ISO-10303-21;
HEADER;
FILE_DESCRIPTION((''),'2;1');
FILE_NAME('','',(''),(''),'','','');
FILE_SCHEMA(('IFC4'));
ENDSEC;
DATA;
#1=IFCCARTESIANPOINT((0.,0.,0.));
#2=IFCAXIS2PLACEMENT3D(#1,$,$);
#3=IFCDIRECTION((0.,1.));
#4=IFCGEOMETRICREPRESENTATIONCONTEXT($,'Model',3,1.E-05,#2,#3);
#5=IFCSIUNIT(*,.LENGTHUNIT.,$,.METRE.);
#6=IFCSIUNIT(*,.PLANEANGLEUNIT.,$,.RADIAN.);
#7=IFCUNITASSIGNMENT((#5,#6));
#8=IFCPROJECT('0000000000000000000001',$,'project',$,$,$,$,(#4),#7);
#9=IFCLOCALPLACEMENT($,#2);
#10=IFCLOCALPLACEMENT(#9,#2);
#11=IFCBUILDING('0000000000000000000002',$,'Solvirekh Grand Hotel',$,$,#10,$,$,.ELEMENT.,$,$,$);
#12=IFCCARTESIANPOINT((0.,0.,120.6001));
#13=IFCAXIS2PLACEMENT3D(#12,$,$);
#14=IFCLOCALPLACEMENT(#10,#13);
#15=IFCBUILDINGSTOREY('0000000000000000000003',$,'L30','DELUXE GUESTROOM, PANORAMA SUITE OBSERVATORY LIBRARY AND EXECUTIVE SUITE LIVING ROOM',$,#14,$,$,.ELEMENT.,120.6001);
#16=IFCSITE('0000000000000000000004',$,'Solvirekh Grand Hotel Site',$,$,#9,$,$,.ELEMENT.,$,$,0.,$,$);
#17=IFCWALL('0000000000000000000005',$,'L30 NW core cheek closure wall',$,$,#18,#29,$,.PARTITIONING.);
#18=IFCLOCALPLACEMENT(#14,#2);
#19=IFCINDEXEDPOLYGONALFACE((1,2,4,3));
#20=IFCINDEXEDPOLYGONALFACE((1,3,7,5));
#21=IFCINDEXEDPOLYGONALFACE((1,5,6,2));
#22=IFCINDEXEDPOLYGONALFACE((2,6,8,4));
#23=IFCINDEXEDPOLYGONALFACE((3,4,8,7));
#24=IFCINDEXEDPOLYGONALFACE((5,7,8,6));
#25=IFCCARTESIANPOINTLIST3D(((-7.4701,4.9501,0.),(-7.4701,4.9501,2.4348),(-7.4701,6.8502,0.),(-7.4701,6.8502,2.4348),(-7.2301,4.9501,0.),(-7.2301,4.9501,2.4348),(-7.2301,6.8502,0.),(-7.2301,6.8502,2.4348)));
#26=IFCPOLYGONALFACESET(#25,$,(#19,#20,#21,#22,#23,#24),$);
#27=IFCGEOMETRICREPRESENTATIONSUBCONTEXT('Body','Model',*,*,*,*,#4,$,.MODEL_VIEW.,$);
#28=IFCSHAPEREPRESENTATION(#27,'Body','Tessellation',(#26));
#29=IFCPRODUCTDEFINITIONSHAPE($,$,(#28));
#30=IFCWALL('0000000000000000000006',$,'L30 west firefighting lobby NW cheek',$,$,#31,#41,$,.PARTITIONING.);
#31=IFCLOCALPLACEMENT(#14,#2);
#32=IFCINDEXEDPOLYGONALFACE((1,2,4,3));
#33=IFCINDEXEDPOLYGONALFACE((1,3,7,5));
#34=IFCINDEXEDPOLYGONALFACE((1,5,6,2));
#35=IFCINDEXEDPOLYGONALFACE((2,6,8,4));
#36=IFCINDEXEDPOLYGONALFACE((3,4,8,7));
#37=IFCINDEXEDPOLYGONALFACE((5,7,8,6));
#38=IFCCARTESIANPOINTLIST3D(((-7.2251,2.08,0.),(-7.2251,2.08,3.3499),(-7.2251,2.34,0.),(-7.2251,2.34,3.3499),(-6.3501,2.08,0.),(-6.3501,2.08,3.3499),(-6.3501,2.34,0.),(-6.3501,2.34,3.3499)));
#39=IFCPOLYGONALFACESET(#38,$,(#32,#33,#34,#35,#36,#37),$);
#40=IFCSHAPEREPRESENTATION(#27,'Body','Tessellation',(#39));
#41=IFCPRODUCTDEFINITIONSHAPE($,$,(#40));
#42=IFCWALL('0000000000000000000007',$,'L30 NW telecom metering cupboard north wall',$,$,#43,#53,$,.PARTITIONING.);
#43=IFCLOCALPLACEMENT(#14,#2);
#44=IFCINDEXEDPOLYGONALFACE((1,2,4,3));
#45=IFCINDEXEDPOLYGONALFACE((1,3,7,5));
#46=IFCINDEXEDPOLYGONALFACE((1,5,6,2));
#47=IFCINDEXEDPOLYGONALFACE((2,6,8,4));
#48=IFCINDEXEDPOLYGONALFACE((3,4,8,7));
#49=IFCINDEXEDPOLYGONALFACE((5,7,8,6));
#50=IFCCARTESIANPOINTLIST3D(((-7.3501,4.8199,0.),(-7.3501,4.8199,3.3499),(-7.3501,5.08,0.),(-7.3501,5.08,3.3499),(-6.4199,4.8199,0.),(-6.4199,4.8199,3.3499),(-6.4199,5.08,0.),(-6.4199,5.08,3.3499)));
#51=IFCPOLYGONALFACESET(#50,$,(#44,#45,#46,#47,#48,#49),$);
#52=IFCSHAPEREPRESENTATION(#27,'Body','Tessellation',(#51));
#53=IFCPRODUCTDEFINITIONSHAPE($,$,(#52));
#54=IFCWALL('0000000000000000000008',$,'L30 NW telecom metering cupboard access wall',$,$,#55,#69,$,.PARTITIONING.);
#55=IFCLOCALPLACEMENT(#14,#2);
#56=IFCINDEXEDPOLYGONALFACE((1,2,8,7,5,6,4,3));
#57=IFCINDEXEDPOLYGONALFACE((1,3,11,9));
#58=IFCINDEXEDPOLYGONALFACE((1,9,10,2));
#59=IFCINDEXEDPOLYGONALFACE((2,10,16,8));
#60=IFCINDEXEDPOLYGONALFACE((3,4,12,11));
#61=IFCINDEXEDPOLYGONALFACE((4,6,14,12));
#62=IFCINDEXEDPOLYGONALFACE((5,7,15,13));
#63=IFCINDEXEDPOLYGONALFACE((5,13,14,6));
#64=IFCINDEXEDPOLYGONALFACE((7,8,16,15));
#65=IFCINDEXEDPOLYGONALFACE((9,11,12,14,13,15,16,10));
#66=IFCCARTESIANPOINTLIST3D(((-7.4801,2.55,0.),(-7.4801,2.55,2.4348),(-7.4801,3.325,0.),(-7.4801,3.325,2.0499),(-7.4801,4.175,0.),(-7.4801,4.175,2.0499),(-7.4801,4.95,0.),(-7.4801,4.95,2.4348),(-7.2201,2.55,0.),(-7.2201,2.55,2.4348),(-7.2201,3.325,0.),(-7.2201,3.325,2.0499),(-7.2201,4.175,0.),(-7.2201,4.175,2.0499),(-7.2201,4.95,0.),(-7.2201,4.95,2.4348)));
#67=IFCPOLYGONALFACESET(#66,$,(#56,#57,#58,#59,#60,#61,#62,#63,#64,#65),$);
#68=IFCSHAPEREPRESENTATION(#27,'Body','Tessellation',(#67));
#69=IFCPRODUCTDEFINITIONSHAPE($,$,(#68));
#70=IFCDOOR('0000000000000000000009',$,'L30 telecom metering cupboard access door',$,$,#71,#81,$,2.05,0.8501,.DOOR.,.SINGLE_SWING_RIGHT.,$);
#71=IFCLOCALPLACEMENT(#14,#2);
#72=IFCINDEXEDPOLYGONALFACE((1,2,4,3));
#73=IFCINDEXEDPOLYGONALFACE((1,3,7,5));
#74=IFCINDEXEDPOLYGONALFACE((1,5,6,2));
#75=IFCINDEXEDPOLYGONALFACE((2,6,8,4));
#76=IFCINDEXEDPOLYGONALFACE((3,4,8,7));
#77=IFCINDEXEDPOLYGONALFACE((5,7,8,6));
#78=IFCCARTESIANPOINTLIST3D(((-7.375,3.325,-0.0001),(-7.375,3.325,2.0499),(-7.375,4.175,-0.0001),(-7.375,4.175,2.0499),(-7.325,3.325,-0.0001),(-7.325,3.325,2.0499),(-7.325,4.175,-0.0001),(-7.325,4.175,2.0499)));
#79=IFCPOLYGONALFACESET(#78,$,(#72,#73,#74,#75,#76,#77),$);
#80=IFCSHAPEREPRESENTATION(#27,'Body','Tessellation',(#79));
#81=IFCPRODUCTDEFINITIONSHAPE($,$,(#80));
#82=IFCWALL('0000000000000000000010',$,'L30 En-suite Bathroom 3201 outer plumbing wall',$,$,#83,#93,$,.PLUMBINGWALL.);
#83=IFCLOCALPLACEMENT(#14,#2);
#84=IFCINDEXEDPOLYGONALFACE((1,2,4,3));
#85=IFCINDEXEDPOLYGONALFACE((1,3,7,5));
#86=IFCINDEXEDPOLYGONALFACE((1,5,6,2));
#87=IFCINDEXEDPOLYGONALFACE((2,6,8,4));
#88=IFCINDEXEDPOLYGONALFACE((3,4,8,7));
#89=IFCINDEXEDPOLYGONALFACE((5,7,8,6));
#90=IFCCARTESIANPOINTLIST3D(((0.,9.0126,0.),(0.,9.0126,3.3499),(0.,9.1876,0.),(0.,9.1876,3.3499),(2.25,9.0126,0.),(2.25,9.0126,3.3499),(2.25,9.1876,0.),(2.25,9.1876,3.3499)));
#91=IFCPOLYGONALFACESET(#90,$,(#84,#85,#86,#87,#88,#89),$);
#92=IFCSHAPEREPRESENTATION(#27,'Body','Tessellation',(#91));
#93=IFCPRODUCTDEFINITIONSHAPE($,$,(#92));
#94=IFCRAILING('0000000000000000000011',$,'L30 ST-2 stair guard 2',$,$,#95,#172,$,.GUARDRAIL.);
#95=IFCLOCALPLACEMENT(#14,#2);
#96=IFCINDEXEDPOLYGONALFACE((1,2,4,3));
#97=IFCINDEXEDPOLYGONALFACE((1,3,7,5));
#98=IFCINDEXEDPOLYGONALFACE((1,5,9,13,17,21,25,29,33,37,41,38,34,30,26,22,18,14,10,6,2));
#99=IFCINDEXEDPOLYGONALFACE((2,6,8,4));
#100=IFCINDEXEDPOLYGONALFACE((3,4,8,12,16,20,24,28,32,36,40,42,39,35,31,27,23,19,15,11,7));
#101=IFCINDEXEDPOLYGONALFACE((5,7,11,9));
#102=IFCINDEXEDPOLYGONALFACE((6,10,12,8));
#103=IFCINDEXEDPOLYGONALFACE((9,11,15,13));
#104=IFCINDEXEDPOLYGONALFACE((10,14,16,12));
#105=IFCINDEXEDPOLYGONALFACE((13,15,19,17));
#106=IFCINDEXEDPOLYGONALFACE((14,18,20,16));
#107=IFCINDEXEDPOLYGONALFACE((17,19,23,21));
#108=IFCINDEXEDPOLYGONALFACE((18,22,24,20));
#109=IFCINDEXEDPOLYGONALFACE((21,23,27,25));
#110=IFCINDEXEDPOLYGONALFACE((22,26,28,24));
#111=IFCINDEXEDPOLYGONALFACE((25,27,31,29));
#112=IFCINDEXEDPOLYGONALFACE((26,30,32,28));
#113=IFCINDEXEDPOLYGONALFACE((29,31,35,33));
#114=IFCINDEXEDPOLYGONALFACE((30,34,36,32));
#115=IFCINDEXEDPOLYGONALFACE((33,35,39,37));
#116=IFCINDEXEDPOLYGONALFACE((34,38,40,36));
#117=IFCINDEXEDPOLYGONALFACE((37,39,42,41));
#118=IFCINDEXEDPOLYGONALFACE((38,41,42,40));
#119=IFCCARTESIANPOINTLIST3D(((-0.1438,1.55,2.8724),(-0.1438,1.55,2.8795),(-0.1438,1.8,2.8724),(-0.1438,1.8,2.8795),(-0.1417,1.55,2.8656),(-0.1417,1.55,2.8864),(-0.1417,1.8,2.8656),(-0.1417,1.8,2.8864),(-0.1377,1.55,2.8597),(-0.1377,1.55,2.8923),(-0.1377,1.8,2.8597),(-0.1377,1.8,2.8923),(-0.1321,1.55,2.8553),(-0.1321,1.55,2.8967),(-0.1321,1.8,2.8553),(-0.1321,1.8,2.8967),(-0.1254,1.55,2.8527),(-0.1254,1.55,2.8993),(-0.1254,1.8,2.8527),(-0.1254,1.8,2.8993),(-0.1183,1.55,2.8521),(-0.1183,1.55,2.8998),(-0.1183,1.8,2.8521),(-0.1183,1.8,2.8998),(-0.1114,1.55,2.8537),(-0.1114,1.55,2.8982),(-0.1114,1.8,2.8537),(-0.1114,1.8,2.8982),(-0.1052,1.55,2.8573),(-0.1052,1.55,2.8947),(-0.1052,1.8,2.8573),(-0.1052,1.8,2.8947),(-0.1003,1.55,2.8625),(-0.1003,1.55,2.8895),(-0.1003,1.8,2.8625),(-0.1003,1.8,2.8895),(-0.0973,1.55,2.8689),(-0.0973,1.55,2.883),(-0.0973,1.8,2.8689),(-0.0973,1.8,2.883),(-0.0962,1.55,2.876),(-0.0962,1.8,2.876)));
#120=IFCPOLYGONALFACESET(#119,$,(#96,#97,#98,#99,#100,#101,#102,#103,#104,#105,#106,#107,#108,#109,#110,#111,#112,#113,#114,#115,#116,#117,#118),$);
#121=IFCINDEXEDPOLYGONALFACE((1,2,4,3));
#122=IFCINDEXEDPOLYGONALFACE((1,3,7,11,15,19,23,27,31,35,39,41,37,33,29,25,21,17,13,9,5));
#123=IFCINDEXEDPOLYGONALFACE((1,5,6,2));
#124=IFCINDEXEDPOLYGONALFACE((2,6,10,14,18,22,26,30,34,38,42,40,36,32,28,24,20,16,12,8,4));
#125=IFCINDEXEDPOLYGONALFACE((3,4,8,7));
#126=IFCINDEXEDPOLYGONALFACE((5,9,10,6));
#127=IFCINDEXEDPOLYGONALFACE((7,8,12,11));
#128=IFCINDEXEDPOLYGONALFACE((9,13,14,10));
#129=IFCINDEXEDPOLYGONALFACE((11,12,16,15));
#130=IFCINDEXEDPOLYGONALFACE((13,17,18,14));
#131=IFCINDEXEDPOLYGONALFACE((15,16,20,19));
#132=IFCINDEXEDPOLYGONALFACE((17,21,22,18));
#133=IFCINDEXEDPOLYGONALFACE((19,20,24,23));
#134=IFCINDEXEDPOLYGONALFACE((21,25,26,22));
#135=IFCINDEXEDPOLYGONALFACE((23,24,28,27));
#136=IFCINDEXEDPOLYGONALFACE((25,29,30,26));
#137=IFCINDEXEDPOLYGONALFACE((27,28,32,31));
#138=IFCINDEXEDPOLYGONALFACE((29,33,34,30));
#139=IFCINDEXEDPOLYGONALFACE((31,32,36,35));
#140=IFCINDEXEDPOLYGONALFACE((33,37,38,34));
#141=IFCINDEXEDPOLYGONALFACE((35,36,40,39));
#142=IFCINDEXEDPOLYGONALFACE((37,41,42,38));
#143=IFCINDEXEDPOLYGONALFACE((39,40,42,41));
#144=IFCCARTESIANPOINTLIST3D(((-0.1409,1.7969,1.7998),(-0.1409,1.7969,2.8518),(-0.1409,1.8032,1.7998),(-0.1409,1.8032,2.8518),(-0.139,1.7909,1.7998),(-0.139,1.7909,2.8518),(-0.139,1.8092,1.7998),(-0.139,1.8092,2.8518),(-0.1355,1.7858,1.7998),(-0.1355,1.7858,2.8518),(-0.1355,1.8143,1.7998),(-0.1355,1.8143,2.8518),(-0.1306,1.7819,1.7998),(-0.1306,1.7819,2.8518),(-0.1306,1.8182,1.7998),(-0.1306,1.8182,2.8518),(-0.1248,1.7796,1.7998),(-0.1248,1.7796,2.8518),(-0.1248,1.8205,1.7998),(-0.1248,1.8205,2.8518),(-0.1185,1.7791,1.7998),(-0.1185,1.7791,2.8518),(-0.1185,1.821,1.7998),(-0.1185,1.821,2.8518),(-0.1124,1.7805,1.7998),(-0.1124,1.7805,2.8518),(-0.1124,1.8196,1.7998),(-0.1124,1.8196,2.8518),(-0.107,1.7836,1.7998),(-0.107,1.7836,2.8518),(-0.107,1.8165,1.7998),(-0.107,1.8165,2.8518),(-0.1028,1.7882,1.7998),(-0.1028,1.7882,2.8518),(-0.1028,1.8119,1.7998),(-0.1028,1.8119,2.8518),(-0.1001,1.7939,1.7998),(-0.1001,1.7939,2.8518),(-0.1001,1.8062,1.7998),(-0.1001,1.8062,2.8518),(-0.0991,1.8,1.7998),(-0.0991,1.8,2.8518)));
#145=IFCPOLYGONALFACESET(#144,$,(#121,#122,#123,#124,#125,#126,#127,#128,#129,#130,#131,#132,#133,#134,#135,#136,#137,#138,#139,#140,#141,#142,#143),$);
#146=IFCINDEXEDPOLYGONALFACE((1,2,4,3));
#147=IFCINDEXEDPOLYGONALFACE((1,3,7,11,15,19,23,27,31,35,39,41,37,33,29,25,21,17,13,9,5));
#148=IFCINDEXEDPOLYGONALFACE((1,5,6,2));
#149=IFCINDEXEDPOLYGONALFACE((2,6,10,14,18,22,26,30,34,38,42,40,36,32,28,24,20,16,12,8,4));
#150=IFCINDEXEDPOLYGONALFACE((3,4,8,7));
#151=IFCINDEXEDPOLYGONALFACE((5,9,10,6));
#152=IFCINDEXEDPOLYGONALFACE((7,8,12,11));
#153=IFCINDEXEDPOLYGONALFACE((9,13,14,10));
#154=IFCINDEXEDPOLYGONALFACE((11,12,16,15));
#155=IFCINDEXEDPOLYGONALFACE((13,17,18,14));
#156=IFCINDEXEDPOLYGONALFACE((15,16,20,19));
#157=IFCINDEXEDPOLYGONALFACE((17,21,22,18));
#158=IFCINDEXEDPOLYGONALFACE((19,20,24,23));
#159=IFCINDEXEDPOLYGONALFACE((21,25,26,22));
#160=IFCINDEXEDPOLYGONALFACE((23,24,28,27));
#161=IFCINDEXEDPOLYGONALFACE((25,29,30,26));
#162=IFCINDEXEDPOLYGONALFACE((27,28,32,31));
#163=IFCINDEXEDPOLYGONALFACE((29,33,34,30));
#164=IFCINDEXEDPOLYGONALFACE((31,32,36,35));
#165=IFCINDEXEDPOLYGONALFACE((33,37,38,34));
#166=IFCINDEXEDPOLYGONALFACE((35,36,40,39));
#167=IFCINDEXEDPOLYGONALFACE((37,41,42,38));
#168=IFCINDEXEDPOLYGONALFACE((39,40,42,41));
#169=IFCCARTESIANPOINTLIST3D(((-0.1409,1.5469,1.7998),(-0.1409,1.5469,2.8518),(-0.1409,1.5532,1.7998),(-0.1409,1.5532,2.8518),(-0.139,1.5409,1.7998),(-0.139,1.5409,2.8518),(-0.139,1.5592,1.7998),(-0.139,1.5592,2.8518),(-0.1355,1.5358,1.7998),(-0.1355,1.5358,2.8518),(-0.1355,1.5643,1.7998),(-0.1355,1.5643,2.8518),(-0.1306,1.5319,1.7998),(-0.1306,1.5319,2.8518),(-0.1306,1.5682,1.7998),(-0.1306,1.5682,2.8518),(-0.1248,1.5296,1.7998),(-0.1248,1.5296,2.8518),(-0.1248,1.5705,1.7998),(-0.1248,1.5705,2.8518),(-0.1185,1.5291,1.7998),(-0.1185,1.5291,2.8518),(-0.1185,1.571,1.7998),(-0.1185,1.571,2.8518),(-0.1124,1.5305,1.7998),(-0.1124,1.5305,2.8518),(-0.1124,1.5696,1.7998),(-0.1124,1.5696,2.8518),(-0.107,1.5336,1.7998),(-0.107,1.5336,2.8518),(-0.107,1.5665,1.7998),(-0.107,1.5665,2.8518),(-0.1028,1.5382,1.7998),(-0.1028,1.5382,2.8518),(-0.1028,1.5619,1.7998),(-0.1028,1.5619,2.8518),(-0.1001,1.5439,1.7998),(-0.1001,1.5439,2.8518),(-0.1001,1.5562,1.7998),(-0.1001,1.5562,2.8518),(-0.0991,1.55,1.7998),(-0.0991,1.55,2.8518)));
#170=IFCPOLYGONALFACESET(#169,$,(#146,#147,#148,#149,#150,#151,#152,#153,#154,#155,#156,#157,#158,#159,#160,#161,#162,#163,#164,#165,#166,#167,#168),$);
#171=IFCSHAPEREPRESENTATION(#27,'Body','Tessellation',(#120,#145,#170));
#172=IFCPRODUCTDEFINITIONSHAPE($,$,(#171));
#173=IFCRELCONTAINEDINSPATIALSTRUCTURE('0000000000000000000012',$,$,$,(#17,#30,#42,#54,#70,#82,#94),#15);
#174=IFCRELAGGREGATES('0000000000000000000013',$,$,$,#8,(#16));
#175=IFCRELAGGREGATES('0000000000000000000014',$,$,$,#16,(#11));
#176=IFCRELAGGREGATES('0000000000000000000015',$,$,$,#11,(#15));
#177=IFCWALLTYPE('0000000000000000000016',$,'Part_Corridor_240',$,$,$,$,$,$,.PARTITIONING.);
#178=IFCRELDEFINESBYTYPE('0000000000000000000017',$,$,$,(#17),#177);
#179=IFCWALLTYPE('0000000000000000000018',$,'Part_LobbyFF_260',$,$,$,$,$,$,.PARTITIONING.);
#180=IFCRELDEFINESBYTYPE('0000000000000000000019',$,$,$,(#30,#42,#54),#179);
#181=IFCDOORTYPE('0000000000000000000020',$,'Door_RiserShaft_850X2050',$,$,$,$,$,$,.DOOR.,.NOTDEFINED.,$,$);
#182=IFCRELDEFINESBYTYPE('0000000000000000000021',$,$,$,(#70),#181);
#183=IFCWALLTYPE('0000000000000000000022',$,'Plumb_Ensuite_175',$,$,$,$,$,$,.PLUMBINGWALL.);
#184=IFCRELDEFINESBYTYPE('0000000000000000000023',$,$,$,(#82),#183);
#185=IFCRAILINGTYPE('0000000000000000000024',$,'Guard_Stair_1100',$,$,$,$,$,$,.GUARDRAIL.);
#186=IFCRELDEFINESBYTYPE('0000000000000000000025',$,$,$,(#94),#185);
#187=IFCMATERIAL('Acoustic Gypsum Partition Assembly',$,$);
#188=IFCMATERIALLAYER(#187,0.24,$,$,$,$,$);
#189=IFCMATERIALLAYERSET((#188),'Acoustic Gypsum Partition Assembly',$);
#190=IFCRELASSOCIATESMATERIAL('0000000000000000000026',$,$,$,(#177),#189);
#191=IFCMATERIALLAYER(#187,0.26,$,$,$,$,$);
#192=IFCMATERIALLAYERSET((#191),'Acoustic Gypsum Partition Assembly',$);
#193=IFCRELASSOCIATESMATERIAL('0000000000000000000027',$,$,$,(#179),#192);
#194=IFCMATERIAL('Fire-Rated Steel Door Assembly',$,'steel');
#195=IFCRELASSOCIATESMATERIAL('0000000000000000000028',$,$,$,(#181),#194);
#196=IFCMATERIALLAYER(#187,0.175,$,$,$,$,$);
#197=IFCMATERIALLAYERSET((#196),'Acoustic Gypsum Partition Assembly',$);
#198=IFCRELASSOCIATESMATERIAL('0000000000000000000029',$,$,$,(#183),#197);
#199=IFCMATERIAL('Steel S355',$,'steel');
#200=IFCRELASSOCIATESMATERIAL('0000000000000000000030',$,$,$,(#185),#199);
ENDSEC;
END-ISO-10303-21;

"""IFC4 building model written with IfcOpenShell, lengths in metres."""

from ifc_helpers import new_model, si_unit, direction, frame, frame_2d, origin, origin_2d, place, context, subcontext, project, spatial, rectangle, circle, extrude, material, layer, layer_set, type_object, element, fill, save


model = new_model("IFC4")

# Units and contexts
model_context = context("Model", 3, precision=1e-05, world=origin(), true_north=direction((0.0, 1.0)))
body_context = subcontext(model_context, "Body", "Model", "MODEL_VIEW")
ifc_project = project(units=[si_unit("LENGTHUNIT", "METRE"), si_unit("PLANEANGLEUNIT", "RADIAN")], contexts=[model_context])

# Site, building, storey
site_placement = place(None, origin())
site = spatial("IfcSite", under=ifc_project, at=site_placement, Name="Solvirekh Grand Hotel Site", CompositionType="ELEMENT", RefElevation=0.0)
building_placement = place(site_placement, origin())
building = spatial("IfcBuilding", under=site, at=building_placement, Name="Solvirekh Grand Hotel", CompositionType="ELEMENT")
storey_placement = place(building_placement, frame((0.0, 0.0, 120.6001)))
storey = spatial("IfcBuildingStorey", under=building, at=storey_placement, Name="L30", Description="DELUXE GUESTROOM, PANORAMA SUITE OBSERVATORY LIBRARY AND EXECUTIVE SUITE LIVING ROOM", CompositionType="ELEMENT", Elevation=120.6001)

# Shared definitions
ifc_material_1 = material(Name="Steel S355", Category="steel")

# Shared definitions
ifc_material_2 = material(Name="Fire-Rated Steel Door Assembly", Category="steel")

# Walls
ifc_material_3 = material(Name="Acoustic Gypsum Partition Assembly")
ifc_layer_1 = layer(ifc_material_3, 0.24)
ifc_layer_set_1 = layer_set([ifc_layer_1], Name="Acoustic Gypsum Partition Assembly")
wall_type_1 = type_object("IfcWallType", Name="Part_Corridor_240", PredefinedType="PARTITIONING", material=ifc_layer_set_1)
wall_1_placement = place(storey_placement, frame((-7.3501, 4.95, 0.0), z_axis=(0.0, 0.0, 1.0), x_axis=(0.0, 1.0, 0.0)))
element("IfcWall", 1, at=wall_1_placement, inside=storey, type_object=wall_type_1, Name="L30 NW core cheek closure wall", PredefinedType="PARTITIONING", context=body_context, shape_type="SweptSolid", body=[
    extrude(rectangle(XDim=1.9001, YDim=0.24, at=frame_2d((0.9502, 0.0))), origin(), (0.0, 0.0, 1.0), 2.4348),
])
ifc_layer_2 = layer(ifc_material_3, 0.26)
ifc_layer_set_2 = layer_set([ifc_layer_2], Name="Acoustic Gypsum Partition Assembly")
wall_type_2 = type_object("IfcWallType", Name="Part_LobbyFF_260", PredefinedType="PARTITIONING", material=ifc_layer_set_2)
wall_2_placement = place(storey_placement, frame((-7.2251, 2.21, 0.0), z_axis=(0.0, 0.0, 1.0), x_axis=(1.0, 0.0, 0.0)))
element("IfcWall", 2, at=wall_2_placement, inside=storey, type_object=wall_type_2, Name="L30 west firefighting lobby NW cheek", PredefinedType="PARTITIONING", context=body_context, shape_type="SweptSolid", body=[
    extrude(rectangle(XDim=0.875, YDim=0.26, at=frame_2d((0.4375, 0.0))), origin(), (0.0, 0.0, 1.0), 3.3499),
])
wall_3_placement = place(storey_placement, frame((-7.3501, 4.95, 0.0), z_axis=(0.0, 0.0, 1.0), x_axis=(1.0, 0.0, 0.0)))
element("IfcWall", 3, at=wall_3_placement, inside=storey, type_object=wall_type_2, Name="L30 NW telecom metering cupboard north wall", PredefinedType="PARTITIONING", context=body_context, shape_type="SweptSolid", body=[
    extrude(rectangle(XDim=0.9302, YDim=0.26, at=frame_2d((0.4651, 0.0))), origin(), (0.0, 0.0, 1.0), 3.3499),
])

# Wall, opening, door
wall_4_placement = place(storey_placement, frame((-7.3501, 2.55, 0.0), z_axis=(0.0, 0.0, 1.0), x_axis=(0.0, 1.0, 0.0)))
wall_4 = element("IfcWall", 4, at=wall_4_placement, inside=storey, type_object=wall_type_2, Name="L30 NW telecom metering cupboard access wall", PredefinedType="PARTITIONING", context=body_context, shape_type="SweptSolid", body=[
    extrude(rectangle(XDim=2.3999, YDim=0.26, at=frame_2d((1.2, 0.0))), origin(), (0.0, 0.0, 1.0), 2.4348),
])
opening_1_placement = place(wall_4_placement, frame((0.7749, 0.0, 0.0)))
opening_1 = element("IfcOpeningElement", 5, at=opening_1_placement, cuts=wall_4, PredefinedType="OPENING", context=body_context, shape_type="SweptSolid", body=[
    extrude(rectangle(XDim=0.8501, YDim=2.05, at=frame_2d((0.425, 1.0249))), frame((0.0, 0.1401, 0.0), z_axis=(0.0, -1.0, 0.0), x_axis=(1.0, 0.0, 0.0)), (0.0, 0.0, 1.0), 0.28),
])
door_type_1 = type_object("IfcDoorType", Name="Door_RiserShaft_850X2050", OperationType="NOTDEFINED", PredefinedType="DOOR", material=ifc_material_2)
door_1_placement = place(opening_1_placement, origin())
door_1 = element("IfcDoor", 6, at=door_1_placement, inside=storey, type_object=door_type_1, Name="L30 telecom metering cupboard access door", OperationType="SINGLE_SWING_RIGHT", OverallHeight=2.05, OverallWidth=0.8501, PredefinedType="DOOR", context=body_context, shape_type="SweptSolid", body=[
    extrude(rectangle(XDim=0.8501, YDim=2.05, at=frame_2d((0.425, 1.0249))), frame((0.0, 0.0249, 0.0), z_axis=(0.0, -1.0, 0.0), x_axis=(1.0, 0.0, 0.0)), (0.0, 0.0, 1.0), 0.05),
])
fill(opening_1, door_1)

# Wall
ifc_layer_3 = layer(ifc_material_3, 0.175)
ifc_layer_set_3 = layer_set([ifc_layer_3], Name="Acoustic Gypsum Partition Assembly")
wall_type_3 = type_object("IfcWallType", Name="Plumb_Ensuite_175", PredefinedType="PLUMBINGWALL", material=ifc_layer_set_3)
wall_5_placement = place(storey_placement, frame((0.0, 9.1001, 0.0), z_axis=(0.0, 0.0, 1.0), x_axis=(1.0, 0.0, 0.0)))
element("IfcWall", 7, at=wall_5_placement, inside=storey, type_object=wall_type_3, Name="L30 En-suite Bathroom 3201 outer plumbing wall", PredefinedType="PLUMBINGWALL", context=body_context, shape_type="SweptSolid", body=[
    extrude(rectangle(XDim=2.25, YDim=0.175, at=frame_2d((1.125, 0.0))), origin(), (0.0, 0.0, 1.0), 3.3499),
])

# Railing
railing_type = type_object("IfcRailingType", Name="Guard_Stair_1100", PredefinedType="GUARDRAIL", material=ifc_material_1)
railing_1_placement = place(storey_placement, frame((-0.1201, 1.8, 1.7998)))
element("IfcRailing", 8, at=railing_1_placement, inside=storey, type_object=railing_type, Name="L30 ST-2 stair guard 2", PredefinedType="GUARDRAIL", context=body_context, shape_type="SweptSolid", body=[
    extrude(circle(Radius=0.0239, at=origin_2d()), frame((0.0, 0.0, 1.0762), z_axis=(0.0, -1.0, 0.0), x_axis=(1.0, 0.0, 0.0)), (0.0, 0.0, 1.0), 0.25),
    extrude(circle(Radius=0.021, at=origin_2d()), origin(), (0.0, 0.0, 1.0), 1.052),
    extrude(circle(Radius=0.021, at=origin_2d()), frame((0.0, -0.25, 0.0)), (0.0, 0.0, 1.0), 1.052),
])

save(model, "model.ifc")
